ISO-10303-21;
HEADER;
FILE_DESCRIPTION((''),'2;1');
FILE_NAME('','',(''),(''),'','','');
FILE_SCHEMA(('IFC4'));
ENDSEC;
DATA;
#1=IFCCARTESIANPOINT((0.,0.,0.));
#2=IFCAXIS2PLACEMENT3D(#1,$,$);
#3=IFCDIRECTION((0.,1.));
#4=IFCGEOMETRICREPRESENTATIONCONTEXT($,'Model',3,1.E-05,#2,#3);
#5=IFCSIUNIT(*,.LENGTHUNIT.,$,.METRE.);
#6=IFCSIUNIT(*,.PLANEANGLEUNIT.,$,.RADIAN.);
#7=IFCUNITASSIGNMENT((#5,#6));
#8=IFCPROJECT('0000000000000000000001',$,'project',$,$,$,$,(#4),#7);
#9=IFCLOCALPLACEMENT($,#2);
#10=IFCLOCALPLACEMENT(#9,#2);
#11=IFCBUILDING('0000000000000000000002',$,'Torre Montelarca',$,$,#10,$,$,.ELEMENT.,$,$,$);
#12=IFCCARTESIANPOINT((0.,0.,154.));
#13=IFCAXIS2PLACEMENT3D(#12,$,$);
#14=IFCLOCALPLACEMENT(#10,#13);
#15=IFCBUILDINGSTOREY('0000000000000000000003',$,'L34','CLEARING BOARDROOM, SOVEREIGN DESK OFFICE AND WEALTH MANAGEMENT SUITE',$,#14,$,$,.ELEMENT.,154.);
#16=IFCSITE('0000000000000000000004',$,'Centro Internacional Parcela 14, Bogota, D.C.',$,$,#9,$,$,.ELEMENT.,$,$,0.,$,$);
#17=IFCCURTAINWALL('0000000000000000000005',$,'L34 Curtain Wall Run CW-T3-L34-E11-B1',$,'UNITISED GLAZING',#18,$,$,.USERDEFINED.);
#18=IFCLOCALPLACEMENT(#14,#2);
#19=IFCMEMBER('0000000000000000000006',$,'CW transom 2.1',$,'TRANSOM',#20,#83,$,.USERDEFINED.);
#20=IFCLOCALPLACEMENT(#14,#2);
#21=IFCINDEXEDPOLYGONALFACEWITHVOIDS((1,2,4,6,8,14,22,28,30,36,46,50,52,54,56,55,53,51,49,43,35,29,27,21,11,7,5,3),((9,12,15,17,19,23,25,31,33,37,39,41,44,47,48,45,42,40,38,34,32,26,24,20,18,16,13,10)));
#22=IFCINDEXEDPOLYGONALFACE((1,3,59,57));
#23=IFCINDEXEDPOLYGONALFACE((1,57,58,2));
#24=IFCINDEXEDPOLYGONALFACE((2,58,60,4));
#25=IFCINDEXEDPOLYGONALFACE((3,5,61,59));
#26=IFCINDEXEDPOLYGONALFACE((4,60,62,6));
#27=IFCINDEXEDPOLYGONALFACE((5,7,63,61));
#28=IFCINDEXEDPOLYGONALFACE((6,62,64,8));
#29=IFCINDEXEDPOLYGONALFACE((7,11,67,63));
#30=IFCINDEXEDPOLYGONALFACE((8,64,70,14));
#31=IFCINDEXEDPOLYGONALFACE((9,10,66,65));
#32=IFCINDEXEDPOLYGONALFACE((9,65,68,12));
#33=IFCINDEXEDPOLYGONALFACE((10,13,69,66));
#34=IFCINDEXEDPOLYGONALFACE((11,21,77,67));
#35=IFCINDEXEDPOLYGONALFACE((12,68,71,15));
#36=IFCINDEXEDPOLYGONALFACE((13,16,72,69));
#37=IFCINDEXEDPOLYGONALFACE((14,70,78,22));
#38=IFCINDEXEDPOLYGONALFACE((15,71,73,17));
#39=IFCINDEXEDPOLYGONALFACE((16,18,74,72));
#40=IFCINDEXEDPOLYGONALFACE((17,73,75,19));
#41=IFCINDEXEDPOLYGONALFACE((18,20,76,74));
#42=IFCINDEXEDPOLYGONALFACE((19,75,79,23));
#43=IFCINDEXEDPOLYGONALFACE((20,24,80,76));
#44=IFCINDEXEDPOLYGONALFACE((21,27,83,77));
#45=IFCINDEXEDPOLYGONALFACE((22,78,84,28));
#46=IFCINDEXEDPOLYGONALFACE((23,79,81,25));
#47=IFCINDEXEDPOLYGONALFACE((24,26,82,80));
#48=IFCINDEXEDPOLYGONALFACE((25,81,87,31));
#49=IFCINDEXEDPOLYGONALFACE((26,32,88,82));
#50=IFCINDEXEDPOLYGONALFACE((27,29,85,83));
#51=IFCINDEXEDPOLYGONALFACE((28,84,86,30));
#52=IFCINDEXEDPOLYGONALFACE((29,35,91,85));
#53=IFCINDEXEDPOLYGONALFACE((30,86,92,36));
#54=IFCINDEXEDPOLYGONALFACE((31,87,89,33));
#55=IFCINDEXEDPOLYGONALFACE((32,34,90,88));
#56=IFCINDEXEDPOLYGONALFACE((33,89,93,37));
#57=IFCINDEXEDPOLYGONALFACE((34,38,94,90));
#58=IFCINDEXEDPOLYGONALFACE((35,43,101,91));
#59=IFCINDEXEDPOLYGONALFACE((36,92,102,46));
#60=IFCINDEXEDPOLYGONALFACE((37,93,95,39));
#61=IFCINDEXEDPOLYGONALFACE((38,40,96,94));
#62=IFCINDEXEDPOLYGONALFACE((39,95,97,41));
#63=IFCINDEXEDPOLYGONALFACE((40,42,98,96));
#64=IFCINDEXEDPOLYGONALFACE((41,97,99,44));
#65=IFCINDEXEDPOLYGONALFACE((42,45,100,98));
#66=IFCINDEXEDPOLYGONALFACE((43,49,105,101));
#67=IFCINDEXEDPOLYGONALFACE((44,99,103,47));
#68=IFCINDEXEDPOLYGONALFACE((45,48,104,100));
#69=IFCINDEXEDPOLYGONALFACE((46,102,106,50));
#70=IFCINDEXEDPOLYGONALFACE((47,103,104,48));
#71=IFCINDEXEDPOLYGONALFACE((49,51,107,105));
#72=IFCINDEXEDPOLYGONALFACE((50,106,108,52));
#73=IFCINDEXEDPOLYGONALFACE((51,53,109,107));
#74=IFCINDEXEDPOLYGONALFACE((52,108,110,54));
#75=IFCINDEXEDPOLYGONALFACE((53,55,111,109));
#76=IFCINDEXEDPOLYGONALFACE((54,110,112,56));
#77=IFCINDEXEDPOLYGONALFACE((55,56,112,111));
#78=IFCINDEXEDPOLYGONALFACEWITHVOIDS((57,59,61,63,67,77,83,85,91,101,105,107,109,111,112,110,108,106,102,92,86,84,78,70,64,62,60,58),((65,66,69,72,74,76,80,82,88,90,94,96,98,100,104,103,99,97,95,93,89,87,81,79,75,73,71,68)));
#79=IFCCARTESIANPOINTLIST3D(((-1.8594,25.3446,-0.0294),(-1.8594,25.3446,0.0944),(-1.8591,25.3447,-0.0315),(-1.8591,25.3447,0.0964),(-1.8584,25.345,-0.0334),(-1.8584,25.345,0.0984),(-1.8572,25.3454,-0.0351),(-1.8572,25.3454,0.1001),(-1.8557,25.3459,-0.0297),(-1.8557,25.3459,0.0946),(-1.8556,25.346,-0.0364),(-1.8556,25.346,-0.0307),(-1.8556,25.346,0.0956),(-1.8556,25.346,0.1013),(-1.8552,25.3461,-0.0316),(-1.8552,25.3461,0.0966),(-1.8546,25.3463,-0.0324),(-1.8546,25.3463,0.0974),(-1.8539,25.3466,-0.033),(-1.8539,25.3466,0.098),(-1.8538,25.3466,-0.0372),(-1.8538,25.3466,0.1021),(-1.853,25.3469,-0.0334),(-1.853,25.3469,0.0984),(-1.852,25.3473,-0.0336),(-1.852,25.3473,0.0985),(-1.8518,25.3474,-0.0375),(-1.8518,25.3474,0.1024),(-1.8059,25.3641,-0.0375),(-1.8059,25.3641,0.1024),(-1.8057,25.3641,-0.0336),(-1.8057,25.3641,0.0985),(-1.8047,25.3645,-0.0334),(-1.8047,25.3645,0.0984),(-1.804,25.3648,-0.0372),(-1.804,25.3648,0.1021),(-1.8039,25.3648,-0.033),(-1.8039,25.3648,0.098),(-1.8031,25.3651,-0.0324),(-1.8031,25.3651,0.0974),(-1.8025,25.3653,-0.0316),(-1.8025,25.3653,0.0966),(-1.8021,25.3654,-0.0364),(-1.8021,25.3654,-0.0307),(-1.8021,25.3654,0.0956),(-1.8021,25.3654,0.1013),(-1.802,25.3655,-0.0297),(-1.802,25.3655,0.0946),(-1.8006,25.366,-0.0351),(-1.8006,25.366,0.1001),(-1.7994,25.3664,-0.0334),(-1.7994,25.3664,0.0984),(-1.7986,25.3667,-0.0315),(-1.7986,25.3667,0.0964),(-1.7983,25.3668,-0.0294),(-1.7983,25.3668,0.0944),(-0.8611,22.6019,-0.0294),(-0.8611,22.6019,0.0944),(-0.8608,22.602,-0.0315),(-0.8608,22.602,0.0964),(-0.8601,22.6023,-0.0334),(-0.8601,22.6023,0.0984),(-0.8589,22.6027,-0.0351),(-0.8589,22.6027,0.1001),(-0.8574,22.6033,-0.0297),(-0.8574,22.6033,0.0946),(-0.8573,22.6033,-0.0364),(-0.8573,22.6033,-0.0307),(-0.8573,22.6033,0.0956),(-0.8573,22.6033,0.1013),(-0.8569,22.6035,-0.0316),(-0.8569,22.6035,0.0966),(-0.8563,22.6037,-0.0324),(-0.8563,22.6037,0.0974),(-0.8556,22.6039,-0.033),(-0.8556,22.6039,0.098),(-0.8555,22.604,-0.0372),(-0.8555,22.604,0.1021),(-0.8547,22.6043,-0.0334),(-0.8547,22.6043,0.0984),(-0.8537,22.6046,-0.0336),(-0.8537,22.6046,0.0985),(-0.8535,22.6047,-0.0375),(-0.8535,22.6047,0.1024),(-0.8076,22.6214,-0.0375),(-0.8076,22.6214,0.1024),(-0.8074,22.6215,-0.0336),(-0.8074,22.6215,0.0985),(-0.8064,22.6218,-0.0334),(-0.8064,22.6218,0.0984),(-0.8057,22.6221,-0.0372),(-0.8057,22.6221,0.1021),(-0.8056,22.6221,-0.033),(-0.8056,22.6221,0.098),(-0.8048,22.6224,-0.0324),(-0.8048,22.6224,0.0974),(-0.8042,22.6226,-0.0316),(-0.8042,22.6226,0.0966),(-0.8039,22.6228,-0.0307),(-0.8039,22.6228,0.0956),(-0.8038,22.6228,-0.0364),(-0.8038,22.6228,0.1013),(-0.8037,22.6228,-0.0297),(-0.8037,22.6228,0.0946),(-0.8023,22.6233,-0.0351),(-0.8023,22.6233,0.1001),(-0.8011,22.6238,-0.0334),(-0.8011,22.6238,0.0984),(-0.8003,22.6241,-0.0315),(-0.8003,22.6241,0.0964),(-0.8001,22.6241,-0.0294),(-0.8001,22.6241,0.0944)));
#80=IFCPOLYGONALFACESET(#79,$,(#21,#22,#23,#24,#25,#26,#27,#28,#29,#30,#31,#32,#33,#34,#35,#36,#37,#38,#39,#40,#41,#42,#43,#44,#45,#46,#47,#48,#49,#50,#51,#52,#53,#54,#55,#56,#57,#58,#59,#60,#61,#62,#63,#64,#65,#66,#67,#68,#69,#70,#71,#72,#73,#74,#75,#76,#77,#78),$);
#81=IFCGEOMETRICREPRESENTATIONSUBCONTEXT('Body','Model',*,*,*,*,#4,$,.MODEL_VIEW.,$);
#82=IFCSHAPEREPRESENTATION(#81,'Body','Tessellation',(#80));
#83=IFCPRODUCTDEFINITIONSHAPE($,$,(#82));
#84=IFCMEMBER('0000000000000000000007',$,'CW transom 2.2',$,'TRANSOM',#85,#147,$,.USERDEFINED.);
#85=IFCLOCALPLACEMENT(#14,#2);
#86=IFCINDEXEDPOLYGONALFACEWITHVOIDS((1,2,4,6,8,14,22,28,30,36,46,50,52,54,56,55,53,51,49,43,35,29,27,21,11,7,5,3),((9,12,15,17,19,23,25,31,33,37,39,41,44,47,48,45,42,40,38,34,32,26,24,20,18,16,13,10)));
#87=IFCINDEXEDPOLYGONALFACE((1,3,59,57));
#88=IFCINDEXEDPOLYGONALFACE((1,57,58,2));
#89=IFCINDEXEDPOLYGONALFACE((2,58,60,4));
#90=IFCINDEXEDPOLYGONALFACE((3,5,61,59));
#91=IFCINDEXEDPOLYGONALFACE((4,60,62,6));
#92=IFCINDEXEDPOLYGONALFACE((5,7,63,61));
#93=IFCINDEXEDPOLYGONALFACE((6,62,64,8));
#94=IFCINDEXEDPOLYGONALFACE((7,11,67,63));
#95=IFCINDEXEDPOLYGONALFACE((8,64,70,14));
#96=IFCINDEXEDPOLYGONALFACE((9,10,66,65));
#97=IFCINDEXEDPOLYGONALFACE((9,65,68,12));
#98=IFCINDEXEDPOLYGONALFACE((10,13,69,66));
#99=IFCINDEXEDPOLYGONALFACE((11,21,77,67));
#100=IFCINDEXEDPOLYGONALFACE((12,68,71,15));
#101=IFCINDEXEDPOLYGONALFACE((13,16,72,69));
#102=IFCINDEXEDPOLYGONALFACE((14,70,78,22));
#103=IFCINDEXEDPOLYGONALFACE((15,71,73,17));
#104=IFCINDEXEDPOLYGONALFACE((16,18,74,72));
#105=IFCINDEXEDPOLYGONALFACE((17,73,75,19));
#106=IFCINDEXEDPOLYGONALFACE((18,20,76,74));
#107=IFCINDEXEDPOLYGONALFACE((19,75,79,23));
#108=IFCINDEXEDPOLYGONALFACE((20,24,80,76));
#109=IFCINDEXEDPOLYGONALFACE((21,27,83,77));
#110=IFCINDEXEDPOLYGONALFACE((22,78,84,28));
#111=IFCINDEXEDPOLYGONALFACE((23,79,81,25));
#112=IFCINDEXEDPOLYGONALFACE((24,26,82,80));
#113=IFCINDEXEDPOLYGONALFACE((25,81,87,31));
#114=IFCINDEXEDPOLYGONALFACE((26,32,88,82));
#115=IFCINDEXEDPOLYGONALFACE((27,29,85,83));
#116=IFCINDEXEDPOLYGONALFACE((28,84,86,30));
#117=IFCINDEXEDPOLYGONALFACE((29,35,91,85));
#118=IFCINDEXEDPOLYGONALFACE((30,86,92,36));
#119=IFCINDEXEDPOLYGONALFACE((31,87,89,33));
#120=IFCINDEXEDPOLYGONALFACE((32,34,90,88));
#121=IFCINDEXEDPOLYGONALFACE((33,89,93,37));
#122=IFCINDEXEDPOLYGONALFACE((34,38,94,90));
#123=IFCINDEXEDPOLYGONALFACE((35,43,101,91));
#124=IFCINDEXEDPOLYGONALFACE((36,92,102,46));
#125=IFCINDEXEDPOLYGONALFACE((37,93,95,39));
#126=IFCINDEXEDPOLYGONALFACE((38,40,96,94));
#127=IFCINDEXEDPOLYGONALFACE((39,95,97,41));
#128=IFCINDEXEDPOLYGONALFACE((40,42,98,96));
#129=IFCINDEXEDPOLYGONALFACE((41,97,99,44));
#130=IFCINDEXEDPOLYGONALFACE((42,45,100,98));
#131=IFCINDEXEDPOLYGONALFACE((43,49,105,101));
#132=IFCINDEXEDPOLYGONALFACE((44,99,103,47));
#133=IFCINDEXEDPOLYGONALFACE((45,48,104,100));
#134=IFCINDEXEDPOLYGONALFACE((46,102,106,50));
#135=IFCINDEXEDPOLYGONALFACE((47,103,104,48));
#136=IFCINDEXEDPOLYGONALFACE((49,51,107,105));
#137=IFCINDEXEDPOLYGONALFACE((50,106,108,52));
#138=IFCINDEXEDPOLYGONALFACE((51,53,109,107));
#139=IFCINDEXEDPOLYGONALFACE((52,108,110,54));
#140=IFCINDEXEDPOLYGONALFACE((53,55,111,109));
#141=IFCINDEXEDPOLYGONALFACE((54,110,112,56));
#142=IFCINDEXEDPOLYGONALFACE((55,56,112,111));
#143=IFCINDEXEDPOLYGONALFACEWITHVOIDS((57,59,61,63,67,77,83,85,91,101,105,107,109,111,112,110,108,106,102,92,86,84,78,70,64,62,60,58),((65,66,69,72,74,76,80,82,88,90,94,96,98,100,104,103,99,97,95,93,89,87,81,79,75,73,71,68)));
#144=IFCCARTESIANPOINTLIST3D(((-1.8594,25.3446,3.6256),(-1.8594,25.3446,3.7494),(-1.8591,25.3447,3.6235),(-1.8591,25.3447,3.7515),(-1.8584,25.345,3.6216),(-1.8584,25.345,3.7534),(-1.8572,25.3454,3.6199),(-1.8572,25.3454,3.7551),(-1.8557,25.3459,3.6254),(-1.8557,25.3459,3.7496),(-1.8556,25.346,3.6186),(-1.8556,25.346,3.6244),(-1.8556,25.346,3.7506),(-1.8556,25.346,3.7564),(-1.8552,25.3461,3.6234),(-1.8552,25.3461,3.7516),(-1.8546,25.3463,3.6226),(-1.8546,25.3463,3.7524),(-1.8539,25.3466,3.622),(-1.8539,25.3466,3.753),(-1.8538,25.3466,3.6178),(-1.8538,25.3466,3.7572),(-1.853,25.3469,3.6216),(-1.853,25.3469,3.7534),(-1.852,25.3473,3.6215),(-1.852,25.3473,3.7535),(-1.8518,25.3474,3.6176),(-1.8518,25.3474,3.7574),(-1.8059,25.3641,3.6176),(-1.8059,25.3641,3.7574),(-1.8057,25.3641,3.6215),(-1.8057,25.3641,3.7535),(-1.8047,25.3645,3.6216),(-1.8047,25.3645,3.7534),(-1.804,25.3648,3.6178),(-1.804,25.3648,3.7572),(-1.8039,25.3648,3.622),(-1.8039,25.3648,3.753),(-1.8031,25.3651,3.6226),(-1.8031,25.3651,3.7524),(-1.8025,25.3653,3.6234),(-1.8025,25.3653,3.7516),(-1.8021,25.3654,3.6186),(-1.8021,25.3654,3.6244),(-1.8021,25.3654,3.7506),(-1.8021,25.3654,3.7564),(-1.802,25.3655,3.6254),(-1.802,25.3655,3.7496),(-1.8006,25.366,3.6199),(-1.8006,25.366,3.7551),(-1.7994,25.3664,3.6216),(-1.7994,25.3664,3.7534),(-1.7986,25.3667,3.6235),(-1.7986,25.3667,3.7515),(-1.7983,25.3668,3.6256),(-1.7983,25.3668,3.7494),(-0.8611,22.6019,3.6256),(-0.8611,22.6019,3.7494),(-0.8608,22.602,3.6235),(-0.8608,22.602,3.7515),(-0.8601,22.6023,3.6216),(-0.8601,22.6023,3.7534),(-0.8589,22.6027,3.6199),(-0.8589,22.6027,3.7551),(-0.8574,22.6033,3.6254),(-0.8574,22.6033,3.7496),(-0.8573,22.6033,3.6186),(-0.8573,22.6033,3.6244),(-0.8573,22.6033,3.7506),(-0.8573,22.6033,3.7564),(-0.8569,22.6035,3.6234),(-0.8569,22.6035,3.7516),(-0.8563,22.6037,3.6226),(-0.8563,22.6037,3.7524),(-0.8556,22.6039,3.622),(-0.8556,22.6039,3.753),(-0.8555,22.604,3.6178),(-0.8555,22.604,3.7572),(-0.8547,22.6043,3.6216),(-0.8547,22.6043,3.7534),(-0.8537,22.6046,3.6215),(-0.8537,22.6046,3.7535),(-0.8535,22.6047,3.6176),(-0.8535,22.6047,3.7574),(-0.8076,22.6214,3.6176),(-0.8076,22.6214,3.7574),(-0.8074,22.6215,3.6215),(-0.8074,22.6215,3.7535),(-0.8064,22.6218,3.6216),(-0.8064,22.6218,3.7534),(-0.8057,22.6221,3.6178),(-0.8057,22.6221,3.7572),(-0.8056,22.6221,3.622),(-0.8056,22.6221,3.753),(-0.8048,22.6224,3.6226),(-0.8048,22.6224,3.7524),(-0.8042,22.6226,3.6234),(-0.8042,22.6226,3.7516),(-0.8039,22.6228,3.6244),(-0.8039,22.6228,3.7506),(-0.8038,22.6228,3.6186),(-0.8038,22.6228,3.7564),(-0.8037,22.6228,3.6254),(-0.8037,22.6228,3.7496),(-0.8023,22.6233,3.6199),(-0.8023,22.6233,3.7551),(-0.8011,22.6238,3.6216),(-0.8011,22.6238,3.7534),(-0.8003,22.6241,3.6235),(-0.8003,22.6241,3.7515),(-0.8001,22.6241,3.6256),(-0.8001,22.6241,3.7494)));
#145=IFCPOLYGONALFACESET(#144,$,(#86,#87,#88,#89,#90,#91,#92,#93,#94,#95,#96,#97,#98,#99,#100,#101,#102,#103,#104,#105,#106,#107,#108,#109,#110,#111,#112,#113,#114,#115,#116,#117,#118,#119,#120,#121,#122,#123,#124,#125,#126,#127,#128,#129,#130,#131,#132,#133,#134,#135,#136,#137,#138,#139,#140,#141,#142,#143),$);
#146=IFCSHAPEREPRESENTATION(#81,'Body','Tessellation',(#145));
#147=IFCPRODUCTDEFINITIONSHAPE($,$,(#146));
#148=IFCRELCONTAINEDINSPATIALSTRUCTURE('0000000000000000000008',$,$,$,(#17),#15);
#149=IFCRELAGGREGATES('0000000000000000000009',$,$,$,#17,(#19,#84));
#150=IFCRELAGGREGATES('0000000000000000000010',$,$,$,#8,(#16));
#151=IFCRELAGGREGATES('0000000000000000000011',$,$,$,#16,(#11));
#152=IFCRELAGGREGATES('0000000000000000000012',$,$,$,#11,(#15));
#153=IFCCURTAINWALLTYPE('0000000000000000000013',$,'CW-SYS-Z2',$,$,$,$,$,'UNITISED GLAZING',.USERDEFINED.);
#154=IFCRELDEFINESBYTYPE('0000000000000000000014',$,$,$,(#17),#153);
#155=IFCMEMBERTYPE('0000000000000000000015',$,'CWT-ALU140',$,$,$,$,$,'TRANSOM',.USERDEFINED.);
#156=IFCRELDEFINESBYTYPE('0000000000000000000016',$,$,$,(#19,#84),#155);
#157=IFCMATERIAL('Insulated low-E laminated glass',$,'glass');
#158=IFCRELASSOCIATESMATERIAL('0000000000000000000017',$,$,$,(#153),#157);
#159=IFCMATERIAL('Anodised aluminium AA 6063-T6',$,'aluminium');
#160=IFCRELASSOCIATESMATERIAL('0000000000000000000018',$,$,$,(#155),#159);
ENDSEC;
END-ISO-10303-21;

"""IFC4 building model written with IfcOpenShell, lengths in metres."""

from ifc_helpers import new_model, si_unit, direction, frame, origin, origin_2d, place, context, subcontext, project, spatial, hollow_rectangle, extrude, source, transform, mapped, material, material_profile, profile_set, type_object, element, aggregate, save


model = new_model("IFC4")

# Units and contexts
model_context = context("Model", 3, precision=1e-05, world=origin(), true_north=direction((0.0, 1.0)))
body_context = subcontext(model_context, "Body", "Model", "MODEL_VIEW")
ifc_project = project(units=[si_unit("LENGTHUNIT", "METRE"), si_unit("PLANEANGLEUNIT", "RADIAN")], contexts=[model_context])

# Site, building, storey
site_placement = place(None, origin())
site = spatial("IfcSite", under=ifc_project, at=site_placement, Name="Centro Internacional Parcela 14, Bogota, D.C.", CompositionType="ELEMENT", RefElevation=0.0)
building_placement = place(site_placement, origin())
building = spatial("IfcBuilding", under=site, at=building_placement, Name="Torre Montelarca", CompositionType="ELEMENT")
storey_placement = place(building_placement, frame((0.0, 0.0, 154.0)))
storey = spatial("IfcBuildingStorey", under=building, at=storey_placement, Name="L34", Description="CLEARING BOARDROOM, SOVEREIGN DESK OFFICE AND WEALTH MANAGEMENT SUITE", CompositionType="ELEMENT", Elevation=154.0)

# Curtain wall, members
ifc_material_1 = material(Name="Insulated low-E laminated glass", Category="glass")
curtain_wall_type = type_object("IfcCurtainWallType", Name="CW-SYS-Z2", ElementType="UNITISED GLAZING", PredefinedType="USERDEFINED", material=ifc_material_1)
curtain_wall_placement = place(storey_placement, origin())
curtain_wall = element("IfcCurtainWall", 1, at=curtain_wall_placement, inside=storey, type_object=curtain_wall_type, Name="L34 Curtain Wall Run CW-T3-L34-E11-B1", ObjectType="UNITISED GLAZING", PredefinedType="USERDEFINED")
ifc_material_2 = material(Name="Anodised aluminium AA 6063-T6", Category="aluminium")
ifc_material_profile_1 = material_profile(ifc_material_2, hollow_rectangle(XDim=0.0649, YDim=0.1399, WallThickness=0.0039, InnerFilletRadius=0.0039, OuterFilletRadius=0.0081, at=origin_2d()), Name="ALU65X140X4", Category="aluminium")
ifc_profile_set_1 = profile_set([ifc_material_profile_1], Name="Anodised aluminium AA 6063-T6")
member_type_1 = type_object("IfcMemberType", Name="CWT-ALU140", ElementType="TRANSOM", PredefinedType="USERDEFINED", material=ifc_profile_set_1)
shared_shape_1 = source(origin(), body_context, "Body", "SweptSolid", [
    extrude(hollow_rectangle(XDim=0.0649, YDim=0.1399, WallThickness=0.0039, InnerFilletRadius=0.0039, OuterFilletRadius=0.0081, at=origin_2d()), origin(), (0.0, 0.0, 1.0), 2.9187),
])
member_1_placement = place(storey_placement, frame((-1.8289, 25.3557, 0.0325), z_axis=(0.342032, -0.939688, 0.0), x_axis=(0.939688, 0.342032, 0.0)))
member_1 = element("IfcMember", 2, at=member_1_placement, type_object=member_type_1, Name="CW transom 2.1", ObjectType="TRANSOM", PredefinedType="USERDEFINED", context=body_context, shape_type="MappedRepresentation", body=[
    mapped(shared_shape_1, transform((0.0, 0.0, 0.0), scale=1.0)),
])
member_2_placement = place(storey_placement, frame((-1.8289, 25.3557, 3.6875), z_axis=(0.342032, -0.939688, 0.0), x_axis=(0.939688, 0.342032, 0.0)))
member_2 = element("IfcMember", 3, at=member_2_placement, type_object=member_type_1, Name="CW transom 2.2", ObjectType="TRANSOM", PredefinedType="USERDEFINED", context=body_context, shape_type="MappedRepresentation", body=[
    mapped(shared_shape_1, transform((0.0, 0.0, 0.0), scale=1.0)),
])
aggregate(curtain_wall, [member_1, member_2])

save(model, "model.ifc")
